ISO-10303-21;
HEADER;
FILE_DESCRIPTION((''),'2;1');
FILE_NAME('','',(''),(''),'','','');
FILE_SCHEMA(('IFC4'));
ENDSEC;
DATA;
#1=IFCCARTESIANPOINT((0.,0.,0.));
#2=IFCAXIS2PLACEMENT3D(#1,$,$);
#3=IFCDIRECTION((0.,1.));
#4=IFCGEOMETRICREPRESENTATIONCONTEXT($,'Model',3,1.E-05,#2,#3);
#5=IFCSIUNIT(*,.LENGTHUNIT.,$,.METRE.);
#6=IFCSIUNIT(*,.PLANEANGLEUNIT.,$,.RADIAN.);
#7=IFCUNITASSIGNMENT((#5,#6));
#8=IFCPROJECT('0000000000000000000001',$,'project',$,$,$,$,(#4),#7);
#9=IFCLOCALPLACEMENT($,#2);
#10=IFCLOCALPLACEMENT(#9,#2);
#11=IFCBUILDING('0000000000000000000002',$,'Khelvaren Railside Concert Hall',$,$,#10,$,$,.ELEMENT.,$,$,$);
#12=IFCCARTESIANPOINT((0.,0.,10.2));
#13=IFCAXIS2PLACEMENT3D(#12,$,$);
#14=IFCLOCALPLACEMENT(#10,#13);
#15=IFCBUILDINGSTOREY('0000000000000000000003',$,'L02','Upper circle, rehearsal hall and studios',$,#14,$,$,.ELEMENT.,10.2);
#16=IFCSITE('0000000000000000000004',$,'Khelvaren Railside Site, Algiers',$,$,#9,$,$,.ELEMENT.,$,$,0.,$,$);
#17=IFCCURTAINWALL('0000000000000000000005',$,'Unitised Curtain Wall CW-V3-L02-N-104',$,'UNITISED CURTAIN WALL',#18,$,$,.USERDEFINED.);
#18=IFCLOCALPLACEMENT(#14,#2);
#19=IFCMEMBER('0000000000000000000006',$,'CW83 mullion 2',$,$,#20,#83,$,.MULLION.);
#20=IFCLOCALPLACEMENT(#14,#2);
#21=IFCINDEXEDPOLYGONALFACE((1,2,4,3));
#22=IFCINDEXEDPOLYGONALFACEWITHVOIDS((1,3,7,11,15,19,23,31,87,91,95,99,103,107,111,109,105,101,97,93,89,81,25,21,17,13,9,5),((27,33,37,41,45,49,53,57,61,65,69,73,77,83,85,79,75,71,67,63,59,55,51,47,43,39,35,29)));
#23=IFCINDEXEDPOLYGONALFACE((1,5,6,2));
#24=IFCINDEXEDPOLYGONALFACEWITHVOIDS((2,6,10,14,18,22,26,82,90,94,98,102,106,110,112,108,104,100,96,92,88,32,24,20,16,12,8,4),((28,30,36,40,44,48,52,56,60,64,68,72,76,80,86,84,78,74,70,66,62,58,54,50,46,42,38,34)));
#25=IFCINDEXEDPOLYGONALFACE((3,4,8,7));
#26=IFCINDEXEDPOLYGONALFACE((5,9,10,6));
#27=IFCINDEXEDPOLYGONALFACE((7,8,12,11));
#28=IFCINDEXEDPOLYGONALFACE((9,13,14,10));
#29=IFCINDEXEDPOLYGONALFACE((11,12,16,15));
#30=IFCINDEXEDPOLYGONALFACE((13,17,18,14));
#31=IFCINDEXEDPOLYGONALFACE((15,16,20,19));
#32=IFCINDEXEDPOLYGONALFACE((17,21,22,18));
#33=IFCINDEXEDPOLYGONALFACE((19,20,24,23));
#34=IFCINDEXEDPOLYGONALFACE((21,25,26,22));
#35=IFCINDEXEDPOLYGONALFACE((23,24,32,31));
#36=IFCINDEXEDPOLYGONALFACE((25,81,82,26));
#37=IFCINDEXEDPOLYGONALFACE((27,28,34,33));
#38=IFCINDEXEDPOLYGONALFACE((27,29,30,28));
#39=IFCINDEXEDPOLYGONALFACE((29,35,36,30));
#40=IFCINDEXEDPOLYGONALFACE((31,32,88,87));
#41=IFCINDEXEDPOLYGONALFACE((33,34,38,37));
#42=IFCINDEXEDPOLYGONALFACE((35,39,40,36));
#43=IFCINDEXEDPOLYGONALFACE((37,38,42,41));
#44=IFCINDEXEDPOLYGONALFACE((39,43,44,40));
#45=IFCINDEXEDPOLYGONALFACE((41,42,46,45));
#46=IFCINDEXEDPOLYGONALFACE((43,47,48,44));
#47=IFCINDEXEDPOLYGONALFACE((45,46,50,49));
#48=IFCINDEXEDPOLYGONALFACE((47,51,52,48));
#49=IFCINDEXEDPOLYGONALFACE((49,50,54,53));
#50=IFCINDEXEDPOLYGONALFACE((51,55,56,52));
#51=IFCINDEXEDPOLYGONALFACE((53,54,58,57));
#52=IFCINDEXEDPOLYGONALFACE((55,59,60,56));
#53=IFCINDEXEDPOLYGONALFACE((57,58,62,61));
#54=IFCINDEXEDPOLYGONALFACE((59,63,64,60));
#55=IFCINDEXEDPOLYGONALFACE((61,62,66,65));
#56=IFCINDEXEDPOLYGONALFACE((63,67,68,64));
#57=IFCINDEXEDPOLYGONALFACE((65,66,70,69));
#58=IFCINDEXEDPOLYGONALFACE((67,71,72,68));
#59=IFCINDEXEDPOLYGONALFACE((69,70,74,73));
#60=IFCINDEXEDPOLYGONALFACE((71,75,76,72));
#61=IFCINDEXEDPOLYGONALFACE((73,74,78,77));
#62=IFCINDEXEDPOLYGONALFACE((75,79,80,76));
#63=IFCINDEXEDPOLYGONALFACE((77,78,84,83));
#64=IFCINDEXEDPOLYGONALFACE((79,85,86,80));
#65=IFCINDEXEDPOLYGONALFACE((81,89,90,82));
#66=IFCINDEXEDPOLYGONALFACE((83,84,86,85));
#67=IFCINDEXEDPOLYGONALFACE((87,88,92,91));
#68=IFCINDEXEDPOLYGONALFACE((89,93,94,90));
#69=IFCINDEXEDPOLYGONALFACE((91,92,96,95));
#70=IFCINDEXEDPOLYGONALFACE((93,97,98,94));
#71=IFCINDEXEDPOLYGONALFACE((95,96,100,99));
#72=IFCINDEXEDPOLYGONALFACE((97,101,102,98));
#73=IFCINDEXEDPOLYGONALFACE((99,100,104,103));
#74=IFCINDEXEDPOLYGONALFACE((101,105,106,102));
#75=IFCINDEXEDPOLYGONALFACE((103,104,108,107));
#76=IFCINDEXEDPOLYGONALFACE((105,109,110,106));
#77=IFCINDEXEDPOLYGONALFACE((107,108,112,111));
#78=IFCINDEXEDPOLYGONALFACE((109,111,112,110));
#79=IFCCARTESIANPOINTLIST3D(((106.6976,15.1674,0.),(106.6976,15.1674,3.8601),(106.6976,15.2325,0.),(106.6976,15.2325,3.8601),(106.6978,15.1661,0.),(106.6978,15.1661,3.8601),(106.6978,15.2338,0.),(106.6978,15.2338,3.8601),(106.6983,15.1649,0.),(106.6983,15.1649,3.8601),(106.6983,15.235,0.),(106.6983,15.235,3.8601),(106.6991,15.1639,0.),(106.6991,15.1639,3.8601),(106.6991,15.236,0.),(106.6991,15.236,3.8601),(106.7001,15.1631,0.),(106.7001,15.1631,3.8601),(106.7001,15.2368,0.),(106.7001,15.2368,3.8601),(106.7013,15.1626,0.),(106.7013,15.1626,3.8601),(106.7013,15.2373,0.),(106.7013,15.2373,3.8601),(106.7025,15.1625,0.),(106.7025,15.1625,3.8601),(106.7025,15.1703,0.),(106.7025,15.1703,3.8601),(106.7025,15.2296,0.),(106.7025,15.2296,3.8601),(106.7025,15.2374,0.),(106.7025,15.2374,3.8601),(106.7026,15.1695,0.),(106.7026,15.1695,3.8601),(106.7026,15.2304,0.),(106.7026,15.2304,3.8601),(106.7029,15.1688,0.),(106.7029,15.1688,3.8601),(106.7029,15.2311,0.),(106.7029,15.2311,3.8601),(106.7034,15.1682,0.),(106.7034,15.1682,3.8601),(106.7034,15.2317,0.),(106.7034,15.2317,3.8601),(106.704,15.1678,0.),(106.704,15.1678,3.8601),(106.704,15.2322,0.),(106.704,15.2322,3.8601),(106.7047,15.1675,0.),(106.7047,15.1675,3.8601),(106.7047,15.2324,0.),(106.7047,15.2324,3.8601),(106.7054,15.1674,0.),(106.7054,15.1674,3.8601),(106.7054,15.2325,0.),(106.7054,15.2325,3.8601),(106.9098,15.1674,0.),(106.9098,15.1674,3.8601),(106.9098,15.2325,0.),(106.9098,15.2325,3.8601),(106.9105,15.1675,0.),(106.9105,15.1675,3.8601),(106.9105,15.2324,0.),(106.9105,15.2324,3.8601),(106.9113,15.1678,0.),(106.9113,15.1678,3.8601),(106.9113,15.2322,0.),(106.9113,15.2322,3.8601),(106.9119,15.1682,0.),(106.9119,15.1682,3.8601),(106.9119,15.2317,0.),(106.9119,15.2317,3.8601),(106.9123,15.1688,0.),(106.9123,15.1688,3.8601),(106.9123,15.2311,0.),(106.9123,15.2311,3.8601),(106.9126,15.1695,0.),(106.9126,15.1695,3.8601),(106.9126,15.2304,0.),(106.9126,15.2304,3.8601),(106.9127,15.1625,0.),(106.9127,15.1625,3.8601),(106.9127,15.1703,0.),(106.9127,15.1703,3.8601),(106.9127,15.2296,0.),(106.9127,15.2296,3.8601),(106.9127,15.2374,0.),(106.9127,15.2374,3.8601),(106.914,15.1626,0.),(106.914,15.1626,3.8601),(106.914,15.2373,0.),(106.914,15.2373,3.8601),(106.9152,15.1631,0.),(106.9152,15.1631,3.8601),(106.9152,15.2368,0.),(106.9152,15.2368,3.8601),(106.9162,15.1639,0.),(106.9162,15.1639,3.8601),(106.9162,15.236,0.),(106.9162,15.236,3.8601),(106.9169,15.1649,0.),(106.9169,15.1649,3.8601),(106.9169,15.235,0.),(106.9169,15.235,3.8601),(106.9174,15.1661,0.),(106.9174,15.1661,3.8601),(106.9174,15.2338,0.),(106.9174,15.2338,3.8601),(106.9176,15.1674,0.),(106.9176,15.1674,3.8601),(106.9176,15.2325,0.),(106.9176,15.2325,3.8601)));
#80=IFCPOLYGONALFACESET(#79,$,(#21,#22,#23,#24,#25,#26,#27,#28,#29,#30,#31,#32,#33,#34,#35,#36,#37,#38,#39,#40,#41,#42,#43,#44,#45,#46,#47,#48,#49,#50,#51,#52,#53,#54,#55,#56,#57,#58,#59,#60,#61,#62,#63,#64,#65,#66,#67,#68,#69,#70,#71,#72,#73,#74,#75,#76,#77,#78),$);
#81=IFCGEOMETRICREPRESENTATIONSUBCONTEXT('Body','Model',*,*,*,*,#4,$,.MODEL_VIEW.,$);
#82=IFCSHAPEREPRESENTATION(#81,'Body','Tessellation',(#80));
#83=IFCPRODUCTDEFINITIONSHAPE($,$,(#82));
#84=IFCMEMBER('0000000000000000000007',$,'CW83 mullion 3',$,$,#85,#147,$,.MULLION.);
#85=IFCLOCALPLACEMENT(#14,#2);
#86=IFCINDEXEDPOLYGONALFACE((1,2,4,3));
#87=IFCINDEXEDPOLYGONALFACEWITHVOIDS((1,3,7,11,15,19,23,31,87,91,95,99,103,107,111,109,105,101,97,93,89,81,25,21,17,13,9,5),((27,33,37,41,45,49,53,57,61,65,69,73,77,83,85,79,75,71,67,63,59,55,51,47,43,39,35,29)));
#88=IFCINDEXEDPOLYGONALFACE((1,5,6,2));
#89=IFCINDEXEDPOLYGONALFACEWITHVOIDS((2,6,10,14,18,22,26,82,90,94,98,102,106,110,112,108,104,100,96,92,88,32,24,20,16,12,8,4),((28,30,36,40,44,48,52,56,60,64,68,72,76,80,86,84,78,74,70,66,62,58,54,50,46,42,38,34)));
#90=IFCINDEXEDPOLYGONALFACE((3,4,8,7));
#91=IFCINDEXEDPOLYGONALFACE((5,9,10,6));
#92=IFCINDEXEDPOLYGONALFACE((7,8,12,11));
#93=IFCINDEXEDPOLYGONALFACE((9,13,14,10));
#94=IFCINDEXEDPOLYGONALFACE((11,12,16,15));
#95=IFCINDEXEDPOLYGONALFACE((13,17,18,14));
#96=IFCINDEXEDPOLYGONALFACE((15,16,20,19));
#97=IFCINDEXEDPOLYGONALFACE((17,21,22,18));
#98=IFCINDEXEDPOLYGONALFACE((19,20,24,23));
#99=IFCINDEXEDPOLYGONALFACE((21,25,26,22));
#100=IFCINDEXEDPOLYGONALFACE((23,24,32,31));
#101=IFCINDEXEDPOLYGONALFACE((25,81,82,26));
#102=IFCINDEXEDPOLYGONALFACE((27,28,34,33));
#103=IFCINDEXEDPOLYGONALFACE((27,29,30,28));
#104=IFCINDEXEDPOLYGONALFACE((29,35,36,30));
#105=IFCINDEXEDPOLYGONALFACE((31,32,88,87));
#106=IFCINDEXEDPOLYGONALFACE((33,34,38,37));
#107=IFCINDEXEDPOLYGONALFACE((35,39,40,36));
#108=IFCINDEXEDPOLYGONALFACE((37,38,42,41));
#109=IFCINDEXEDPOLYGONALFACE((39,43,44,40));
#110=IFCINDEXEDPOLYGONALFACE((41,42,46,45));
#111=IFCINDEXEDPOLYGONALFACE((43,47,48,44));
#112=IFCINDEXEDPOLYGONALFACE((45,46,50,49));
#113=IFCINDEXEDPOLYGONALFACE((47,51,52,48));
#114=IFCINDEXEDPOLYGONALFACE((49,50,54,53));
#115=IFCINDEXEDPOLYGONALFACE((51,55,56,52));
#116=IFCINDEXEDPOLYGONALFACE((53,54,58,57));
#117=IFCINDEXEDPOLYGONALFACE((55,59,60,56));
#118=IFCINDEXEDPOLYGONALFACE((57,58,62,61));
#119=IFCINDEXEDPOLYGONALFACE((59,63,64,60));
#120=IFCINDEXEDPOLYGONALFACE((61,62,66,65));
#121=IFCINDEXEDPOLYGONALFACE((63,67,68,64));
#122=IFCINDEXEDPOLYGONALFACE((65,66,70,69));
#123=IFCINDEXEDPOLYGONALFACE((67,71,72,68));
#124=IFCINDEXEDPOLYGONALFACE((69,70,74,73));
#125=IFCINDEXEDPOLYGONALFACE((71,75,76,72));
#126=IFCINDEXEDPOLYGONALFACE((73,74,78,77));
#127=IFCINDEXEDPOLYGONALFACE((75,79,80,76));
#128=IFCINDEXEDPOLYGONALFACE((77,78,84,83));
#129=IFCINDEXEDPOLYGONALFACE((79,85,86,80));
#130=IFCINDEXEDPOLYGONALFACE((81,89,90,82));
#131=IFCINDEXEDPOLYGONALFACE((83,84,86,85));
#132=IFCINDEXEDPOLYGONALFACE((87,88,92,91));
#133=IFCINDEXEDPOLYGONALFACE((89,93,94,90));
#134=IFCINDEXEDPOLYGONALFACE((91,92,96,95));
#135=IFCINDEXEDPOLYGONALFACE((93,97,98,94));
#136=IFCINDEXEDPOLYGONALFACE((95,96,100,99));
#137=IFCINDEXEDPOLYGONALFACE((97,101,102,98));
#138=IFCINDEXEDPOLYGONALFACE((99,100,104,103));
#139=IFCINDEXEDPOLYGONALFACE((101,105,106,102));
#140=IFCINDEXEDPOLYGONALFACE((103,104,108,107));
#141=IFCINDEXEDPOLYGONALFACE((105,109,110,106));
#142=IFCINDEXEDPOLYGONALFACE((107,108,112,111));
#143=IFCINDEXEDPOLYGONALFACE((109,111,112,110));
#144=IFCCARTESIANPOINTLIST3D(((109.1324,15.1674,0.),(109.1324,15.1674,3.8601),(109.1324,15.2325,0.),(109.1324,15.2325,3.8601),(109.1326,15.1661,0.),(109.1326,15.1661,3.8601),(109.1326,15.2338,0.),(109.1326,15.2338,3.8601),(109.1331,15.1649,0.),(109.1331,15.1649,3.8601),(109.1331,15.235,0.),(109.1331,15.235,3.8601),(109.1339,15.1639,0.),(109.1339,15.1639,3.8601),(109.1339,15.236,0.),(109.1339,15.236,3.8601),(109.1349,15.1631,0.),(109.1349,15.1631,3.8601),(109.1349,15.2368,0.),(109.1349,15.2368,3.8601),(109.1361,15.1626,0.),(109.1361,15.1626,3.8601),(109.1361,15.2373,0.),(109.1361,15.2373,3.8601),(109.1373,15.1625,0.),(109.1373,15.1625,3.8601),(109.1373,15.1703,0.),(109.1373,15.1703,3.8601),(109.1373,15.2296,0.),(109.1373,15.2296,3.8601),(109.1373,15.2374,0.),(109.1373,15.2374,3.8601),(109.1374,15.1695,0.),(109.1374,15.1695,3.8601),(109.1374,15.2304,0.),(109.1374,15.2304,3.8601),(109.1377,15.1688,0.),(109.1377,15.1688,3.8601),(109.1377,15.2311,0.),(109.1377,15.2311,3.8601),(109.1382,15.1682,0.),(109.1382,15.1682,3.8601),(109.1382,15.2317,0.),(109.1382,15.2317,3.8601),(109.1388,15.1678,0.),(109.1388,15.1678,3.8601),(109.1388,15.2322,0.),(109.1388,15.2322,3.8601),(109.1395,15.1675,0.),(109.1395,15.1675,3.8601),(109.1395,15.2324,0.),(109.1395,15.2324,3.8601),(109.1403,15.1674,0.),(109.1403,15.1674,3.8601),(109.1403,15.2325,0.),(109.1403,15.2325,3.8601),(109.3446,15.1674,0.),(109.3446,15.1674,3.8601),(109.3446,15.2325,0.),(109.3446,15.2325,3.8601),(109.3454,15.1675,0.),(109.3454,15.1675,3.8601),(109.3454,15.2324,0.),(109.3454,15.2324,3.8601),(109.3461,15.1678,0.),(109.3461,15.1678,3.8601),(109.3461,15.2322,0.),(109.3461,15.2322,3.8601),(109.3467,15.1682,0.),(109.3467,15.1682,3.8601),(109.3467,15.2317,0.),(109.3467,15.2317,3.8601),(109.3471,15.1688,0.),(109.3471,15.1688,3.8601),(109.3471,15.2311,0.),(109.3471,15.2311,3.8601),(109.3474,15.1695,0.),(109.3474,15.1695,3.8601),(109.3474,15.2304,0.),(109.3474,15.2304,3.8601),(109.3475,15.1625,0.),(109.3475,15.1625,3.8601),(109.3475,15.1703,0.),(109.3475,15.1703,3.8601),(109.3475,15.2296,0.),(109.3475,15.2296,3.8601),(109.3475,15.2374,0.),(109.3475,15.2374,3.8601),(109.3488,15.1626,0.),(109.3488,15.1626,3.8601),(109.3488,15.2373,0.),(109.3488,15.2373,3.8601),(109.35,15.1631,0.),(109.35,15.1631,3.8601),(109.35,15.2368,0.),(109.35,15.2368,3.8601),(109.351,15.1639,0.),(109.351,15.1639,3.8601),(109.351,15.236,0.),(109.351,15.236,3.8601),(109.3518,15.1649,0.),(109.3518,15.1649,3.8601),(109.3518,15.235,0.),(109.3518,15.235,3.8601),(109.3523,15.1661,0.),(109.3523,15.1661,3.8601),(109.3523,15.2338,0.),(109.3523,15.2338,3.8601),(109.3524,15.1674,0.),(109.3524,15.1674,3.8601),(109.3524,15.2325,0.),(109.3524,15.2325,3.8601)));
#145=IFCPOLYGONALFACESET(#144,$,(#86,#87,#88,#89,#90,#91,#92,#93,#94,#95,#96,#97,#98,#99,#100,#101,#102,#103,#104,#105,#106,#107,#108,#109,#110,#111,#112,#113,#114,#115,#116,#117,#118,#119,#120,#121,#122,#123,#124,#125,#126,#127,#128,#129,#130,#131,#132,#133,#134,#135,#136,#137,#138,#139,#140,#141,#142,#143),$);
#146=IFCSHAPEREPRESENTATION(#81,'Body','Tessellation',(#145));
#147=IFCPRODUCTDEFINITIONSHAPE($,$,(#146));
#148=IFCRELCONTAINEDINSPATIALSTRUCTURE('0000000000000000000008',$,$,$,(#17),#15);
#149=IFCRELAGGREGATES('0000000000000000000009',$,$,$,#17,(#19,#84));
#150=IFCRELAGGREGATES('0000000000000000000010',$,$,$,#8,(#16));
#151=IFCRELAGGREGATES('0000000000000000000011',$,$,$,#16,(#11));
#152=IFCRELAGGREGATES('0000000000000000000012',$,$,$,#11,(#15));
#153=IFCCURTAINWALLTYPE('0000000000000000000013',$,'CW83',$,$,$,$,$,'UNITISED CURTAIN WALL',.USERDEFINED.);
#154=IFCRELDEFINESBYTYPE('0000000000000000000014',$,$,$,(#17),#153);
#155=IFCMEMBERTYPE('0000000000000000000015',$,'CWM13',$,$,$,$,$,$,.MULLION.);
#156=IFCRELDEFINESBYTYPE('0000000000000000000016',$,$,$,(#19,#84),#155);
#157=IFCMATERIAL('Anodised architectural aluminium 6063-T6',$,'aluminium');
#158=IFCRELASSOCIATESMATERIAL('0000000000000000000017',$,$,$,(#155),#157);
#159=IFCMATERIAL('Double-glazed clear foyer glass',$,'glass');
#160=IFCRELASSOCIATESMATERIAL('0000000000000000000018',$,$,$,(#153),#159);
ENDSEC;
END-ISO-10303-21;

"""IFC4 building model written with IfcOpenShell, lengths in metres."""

from ifc_helpers import new_model, si_unit, direction, frame, origin, origin_2d, place, context, subcontext, project, spatial, hollow_rectangle, extrude, material, material_profile, profile_set, type_object, element, aggregate, save


model = new_model("IFC4")

# Units and contexts
model_context = context("Model", 3, precision=1e-05, world=origin(), true_north=direction((0.0, 1.0)))
body_context = subcontext(model_context, "Body", "Model", "MODEL_VIEW")
ifc_project = project(units=[si_unit("LENGTHUNIT", "METRE"), si_unit("PLANEANGLEUNIT", "RADIAN")], contexts=[model_context])

# Site, building, storey
site_placement = place(None, origin())
site = spatial("IfcSite", under=ifc_project, at=site_placement, Name="Khelvaren Railside Site, Algiers", CompositionType="ELEMENT", RefElevation=0.0)
building_placement = place(site_placement, origin())
building = spatial("IfcBuilding", under=site, at=building_placement, Name="Khelvaren Railside Concert Hall", CompositionType="ELEMENT")
storey_placement = place(building_placement, frame((0.0, 0.0, 10.2)))
storey = spatial("IfcBuildingStorey", under=building, at=storey_placement, Name="L02", Description="Upper circle, rehearsal hall and studios", CompositionType="ELEMENT", Elevation=10.2)

# Shared definitions
ifc_material_1 = material(Name="Double-glazed clear foyer glass", Category="glass")
ifc_material_2 = material(Name="Anodised architectural aluminium 6063-T6", Category="aluminium")
ifc_material_profile_1 = material_profile(ifc_material_2, hollow_rectangle(XDim=0.075, YDim=0.22, WallThickness=0.0049, InnerFilletRadius=0.0029, OuterFilletRadius=0.0049, at=origin_2d()), Name="CWM 75x220x5")
ifc_profile_set_1 = profile_set([ifc_material_profile_1], Name="Anodised architectural aluminium 6063-T6")
member_type_1 = type_object("IfcMemberType", Name="CWM13", PredefinedType="MULLION", material=ifc_profile_set_1)

# Curtain wall, members
curtain_wall_type_1 = type_object("IfcCurtainWallType", Name="CW83", ElementType="UNITISED CURTAIN WALL", PredefinedType="USERDEFINED", material=ifc_material_1)
curtain_wall_1_placement = place(storey_placement, origin())
curtain_wall_1 = element("IfcCurtainWall", 1, at=curtain_wall_1_placement, inside=storey, type_object=curtain_wall_type_1, Name="Unitised Curtain Wall CW-V3-L02-N-104", ObjectType="UNITISED CURTAIN WALL", PredefinedType="USERDEFINED")
member_1_placement = place(storey_placement, frame((106.8076, 15.2, 0.0), z_axis=(0.0, 0.0, 1.0), x_axis=(0.0, 1.0, 0.0)))
member_1 = element("IfcMember", 2, at=member_1_placement, type_object=member_type_1, Name="CW83 mullion 2", PredefinedType="MULLION", context=body_context, shape_type="SweptSolid", body=[
    extrude(hollow_rectangle(XDim=0.075, YDim=0.22, WallThickness=0.0049, InnerFilletRadius=0.0029, OuterFilletRadius=0.0049, at=origin_2d()), origin(), (0.0, 0.0, 1.0), 3.8601),
])
member_2_placement = place(storey_placement, frame((109.2424, 15.2, 0.0), z_axis=(0.0, 0.0, 1.0), x_axis=(0.0, 1.0, 0.0)))
member_2 = element("IfcMember", 3, at=member_2_placement, type_object=member_type_1, Name="CW83 mullion 3", PredefinedType="MULLION", context=body_context, shape_type="SweptSolid", body=[
    extrude(hollow_rectangle(XDim=0.075, YDim=0.22, WallThickness=0.0049, InnerFilletRadius=0.0029, OuterFilletRadius=0.0049, at=origin_2d()), origin(), (0.0, 0.0, 1.0), 3.8601),
])

aggregate(curtain_wall_1, [member_1, member_2])

save(model, "model.ifc")
